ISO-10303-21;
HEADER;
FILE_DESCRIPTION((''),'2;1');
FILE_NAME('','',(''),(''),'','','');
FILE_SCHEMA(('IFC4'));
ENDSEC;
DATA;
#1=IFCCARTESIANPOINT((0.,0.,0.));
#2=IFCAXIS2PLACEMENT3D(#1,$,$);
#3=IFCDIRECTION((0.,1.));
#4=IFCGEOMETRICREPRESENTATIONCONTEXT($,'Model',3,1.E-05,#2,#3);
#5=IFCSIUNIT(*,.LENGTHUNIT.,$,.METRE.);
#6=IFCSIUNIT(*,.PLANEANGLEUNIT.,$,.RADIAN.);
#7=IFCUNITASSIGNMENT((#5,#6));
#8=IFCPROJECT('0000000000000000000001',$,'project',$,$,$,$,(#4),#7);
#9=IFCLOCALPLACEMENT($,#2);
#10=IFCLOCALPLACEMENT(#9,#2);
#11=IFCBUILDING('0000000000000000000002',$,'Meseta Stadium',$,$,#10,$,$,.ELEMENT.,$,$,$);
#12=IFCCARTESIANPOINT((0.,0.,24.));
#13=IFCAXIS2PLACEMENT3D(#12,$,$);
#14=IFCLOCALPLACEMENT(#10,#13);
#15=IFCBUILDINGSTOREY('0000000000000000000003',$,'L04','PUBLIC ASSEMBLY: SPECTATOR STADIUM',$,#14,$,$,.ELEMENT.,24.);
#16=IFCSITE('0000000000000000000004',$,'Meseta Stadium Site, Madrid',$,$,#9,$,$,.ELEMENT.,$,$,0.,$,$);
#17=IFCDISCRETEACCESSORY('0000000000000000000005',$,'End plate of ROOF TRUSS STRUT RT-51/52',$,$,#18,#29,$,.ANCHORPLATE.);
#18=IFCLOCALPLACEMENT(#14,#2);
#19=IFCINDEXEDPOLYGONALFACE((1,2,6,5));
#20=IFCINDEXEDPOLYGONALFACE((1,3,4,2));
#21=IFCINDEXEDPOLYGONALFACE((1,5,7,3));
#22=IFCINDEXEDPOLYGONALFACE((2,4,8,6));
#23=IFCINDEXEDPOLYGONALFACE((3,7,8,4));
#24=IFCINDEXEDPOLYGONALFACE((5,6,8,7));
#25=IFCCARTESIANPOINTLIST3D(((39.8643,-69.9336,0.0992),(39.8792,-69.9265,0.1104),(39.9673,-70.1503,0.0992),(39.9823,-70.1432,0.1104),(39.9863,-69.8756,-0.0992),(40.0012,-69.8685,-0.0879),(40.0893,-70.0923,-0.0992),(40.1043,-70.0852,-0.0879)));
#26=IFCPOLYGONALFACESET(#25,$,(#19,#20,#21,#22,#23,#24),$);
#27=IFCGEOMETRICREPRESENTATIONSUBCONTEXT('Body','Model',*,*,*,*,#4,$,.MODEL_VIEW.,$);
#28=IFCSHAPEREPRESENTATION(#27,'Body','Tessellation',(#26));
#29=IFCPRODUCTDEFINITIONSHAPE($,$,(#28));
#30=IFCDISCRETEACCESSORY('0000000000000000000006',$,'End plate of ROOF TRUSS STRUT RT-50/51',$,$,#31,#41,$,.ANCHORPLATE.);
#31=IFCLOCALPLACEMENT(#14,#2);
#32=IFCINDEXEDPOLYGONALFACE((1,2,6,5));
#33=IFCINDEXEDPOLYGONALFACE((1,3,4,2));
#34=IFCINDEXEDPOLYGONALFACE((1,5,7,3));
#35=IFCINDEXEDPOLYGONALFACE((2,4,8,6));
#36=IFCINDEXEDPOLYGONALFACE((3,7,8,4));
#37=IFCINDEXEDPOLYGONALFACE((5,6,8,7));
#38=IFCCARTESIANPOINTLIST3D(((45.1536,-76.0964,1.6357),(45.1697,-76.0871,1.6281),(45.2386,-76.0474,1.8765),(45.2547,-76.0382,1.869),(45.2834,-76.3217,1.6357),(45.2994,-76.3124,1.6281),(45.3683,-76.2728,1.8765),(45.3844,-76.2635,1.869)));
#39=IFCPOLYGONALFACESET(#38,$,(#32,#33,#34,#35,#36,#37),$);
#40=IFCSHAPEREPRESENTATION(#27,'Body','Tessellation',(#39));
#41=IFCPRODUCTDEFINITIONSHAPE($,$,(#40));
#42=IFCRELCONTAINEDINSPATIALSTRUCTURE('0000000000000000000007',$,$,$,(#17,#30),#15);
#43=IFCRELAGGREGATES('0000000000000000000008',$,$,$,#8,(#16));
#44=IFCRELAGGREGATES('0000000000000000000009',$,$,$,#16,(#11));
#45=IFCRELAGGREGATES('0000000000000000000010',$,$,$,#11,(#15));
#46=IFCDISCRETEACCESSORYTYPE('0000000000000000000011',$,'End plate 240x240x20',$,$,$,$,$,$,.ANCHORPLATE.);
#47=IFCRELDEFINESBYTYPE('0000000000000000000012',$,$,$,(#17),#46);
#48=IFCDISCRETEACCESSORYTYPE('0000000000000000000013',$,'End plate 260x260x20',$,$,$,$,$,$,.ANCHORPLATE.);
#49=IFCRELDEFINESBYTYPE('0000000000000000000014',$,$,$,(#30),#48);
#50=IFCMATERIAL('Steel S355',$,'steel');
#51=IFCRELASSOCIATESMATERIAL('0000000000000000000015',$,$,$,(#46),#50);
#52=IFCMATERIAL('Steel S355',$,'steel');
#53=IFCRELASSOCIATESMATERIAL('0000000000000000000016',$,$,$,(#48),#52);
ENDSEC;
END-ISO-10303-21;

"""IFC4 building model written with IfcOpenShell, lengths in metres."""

from ifc_helpers import new_model, si_unit, direction, frame, origin, origin_2d, place, context, subcontext, project, spatial, rectangle, extrude, material, material_profile, profile_set, type_object, element, save


model = new_model("IFC4")

# Units and contexts
model_context = context("Model", 3, precision=1e-05, world=origin(), true_north=direction((0.0, 1.0)))
body_context = subcontext(model_context, "Body", "Model", "MODEL_VIEW")
ifc_project = project(units=[si_unit("LENGTHUNIT", "METRE"), si_unit("PLANEANGLEUNIT", "RADIAN")], contexts=[model_context])

# Site, building, storey
site_placement = place(None, origin())
site = spatial("IfcSite", under=ifc_project, at=site_placement, Name="Meseta Stadium Site, Madrid", CompositionType="ELEMENT", RefElevation=0.0)
building_placement = place(site_placement, origin())
building = spatial("IfcBuilding", under=site, at=building_placement, Name="Meseta Stadium", CompositionType="ELEMENT")
storey_placement = place(building_placement, frame((0.0, 0.0, 24.0)))
storey = spatial("IfcBuildingStorey", under=building, at=storey_placement, Name="L04", Description="PUBLIC ASSEMBLY: SPECTATOR STADIUM", CompositionType="ELEMENT", Elevation=24.0)

# Discrete accessories
ifc_material_1 = material(Name="Steel S355", Category="steel")
ifc_material_profile_1 = material_profile(ifc_material_1, rectangle(XDim=0.24, YDim=0.24, at=origin_2d()), Name="PL 240x240")
ifc_profile_set_1 = profile_set([ifc_material_profile_1], Name="Steel S355")
discrete_accessory_type_1 = type_object("IfcDiscreteAccessoryType", Name="End plate 240x240x20", PredefinedType="ANCHORPLATE", material=ifc_profile_set_1)
for number, where, z_axis, x_axis, name in (
    (1, (39.9768, -70.0129, 0.0), (0.74646, 0.354874, 0.562904), (-0.429359, 0.903134, 0.0), "End plate of ROOF TRUSS STRUT RT-51/52"),
):
    element("IfcDiscreteAccessory", number, at=place(storey_placement, frame(where, z_axis=z_axis, x_axis=x_axis)), inside=storey, type_object=discrete_accessory_type_1, Name=name, PredefinedType="ANCHORPLATE", context=body_context, shape_type="SweptSolid", body=[
        extrude(rectangle(XDim=0.24, YDim=0.24, at=origin_2d()), origin(), (0.0, 0.0, 1.0), 0.02),
    ])
ifc_material_2 = material(Name="Steel S355", Category="steel")
ifc_material_profile_2 = material_profile(ifc_material_2, rectangle(XDim=0.26, YDim=0.26, at=origin_2d()), Name="PL 260x260")
ifc_profile_set_2 = profile_set([ifc_material_profile_2], Name="Steel S355")
discrete_accessory_type_2 = type_object("IfcDiscreteAccessoryType", Name="End plate 260x260x20", PredefinedType="ANCHORPLATE", material=ifc_profile_set_2)
discrete_accessory_1_placement = place(storey_placement, frame((45.261, -76.1846, 1.7561), z_axis=(0.802673, 0.462145, -0.377013), x_axis=(-0.498964, 0.866622, 0.0)))
element("IfcDiscreteAccessory", 2, at=discrete_accessory_1_placement, inside=storey, type_object=discrete_accessory_type_2, Name="End plate of ROOF TRUSS STRUT RT-50/51", PredefinedType="ANCHORPLATE", context=body_context, shape_type="SweptSolid", body=[
    extrude(rectangle(XDim=0.26, YDim=0.26, at=origin_2d()), origin(), (0.0, 0.0, 1.0), 0.02),
])

save(model, "model.ifc")
